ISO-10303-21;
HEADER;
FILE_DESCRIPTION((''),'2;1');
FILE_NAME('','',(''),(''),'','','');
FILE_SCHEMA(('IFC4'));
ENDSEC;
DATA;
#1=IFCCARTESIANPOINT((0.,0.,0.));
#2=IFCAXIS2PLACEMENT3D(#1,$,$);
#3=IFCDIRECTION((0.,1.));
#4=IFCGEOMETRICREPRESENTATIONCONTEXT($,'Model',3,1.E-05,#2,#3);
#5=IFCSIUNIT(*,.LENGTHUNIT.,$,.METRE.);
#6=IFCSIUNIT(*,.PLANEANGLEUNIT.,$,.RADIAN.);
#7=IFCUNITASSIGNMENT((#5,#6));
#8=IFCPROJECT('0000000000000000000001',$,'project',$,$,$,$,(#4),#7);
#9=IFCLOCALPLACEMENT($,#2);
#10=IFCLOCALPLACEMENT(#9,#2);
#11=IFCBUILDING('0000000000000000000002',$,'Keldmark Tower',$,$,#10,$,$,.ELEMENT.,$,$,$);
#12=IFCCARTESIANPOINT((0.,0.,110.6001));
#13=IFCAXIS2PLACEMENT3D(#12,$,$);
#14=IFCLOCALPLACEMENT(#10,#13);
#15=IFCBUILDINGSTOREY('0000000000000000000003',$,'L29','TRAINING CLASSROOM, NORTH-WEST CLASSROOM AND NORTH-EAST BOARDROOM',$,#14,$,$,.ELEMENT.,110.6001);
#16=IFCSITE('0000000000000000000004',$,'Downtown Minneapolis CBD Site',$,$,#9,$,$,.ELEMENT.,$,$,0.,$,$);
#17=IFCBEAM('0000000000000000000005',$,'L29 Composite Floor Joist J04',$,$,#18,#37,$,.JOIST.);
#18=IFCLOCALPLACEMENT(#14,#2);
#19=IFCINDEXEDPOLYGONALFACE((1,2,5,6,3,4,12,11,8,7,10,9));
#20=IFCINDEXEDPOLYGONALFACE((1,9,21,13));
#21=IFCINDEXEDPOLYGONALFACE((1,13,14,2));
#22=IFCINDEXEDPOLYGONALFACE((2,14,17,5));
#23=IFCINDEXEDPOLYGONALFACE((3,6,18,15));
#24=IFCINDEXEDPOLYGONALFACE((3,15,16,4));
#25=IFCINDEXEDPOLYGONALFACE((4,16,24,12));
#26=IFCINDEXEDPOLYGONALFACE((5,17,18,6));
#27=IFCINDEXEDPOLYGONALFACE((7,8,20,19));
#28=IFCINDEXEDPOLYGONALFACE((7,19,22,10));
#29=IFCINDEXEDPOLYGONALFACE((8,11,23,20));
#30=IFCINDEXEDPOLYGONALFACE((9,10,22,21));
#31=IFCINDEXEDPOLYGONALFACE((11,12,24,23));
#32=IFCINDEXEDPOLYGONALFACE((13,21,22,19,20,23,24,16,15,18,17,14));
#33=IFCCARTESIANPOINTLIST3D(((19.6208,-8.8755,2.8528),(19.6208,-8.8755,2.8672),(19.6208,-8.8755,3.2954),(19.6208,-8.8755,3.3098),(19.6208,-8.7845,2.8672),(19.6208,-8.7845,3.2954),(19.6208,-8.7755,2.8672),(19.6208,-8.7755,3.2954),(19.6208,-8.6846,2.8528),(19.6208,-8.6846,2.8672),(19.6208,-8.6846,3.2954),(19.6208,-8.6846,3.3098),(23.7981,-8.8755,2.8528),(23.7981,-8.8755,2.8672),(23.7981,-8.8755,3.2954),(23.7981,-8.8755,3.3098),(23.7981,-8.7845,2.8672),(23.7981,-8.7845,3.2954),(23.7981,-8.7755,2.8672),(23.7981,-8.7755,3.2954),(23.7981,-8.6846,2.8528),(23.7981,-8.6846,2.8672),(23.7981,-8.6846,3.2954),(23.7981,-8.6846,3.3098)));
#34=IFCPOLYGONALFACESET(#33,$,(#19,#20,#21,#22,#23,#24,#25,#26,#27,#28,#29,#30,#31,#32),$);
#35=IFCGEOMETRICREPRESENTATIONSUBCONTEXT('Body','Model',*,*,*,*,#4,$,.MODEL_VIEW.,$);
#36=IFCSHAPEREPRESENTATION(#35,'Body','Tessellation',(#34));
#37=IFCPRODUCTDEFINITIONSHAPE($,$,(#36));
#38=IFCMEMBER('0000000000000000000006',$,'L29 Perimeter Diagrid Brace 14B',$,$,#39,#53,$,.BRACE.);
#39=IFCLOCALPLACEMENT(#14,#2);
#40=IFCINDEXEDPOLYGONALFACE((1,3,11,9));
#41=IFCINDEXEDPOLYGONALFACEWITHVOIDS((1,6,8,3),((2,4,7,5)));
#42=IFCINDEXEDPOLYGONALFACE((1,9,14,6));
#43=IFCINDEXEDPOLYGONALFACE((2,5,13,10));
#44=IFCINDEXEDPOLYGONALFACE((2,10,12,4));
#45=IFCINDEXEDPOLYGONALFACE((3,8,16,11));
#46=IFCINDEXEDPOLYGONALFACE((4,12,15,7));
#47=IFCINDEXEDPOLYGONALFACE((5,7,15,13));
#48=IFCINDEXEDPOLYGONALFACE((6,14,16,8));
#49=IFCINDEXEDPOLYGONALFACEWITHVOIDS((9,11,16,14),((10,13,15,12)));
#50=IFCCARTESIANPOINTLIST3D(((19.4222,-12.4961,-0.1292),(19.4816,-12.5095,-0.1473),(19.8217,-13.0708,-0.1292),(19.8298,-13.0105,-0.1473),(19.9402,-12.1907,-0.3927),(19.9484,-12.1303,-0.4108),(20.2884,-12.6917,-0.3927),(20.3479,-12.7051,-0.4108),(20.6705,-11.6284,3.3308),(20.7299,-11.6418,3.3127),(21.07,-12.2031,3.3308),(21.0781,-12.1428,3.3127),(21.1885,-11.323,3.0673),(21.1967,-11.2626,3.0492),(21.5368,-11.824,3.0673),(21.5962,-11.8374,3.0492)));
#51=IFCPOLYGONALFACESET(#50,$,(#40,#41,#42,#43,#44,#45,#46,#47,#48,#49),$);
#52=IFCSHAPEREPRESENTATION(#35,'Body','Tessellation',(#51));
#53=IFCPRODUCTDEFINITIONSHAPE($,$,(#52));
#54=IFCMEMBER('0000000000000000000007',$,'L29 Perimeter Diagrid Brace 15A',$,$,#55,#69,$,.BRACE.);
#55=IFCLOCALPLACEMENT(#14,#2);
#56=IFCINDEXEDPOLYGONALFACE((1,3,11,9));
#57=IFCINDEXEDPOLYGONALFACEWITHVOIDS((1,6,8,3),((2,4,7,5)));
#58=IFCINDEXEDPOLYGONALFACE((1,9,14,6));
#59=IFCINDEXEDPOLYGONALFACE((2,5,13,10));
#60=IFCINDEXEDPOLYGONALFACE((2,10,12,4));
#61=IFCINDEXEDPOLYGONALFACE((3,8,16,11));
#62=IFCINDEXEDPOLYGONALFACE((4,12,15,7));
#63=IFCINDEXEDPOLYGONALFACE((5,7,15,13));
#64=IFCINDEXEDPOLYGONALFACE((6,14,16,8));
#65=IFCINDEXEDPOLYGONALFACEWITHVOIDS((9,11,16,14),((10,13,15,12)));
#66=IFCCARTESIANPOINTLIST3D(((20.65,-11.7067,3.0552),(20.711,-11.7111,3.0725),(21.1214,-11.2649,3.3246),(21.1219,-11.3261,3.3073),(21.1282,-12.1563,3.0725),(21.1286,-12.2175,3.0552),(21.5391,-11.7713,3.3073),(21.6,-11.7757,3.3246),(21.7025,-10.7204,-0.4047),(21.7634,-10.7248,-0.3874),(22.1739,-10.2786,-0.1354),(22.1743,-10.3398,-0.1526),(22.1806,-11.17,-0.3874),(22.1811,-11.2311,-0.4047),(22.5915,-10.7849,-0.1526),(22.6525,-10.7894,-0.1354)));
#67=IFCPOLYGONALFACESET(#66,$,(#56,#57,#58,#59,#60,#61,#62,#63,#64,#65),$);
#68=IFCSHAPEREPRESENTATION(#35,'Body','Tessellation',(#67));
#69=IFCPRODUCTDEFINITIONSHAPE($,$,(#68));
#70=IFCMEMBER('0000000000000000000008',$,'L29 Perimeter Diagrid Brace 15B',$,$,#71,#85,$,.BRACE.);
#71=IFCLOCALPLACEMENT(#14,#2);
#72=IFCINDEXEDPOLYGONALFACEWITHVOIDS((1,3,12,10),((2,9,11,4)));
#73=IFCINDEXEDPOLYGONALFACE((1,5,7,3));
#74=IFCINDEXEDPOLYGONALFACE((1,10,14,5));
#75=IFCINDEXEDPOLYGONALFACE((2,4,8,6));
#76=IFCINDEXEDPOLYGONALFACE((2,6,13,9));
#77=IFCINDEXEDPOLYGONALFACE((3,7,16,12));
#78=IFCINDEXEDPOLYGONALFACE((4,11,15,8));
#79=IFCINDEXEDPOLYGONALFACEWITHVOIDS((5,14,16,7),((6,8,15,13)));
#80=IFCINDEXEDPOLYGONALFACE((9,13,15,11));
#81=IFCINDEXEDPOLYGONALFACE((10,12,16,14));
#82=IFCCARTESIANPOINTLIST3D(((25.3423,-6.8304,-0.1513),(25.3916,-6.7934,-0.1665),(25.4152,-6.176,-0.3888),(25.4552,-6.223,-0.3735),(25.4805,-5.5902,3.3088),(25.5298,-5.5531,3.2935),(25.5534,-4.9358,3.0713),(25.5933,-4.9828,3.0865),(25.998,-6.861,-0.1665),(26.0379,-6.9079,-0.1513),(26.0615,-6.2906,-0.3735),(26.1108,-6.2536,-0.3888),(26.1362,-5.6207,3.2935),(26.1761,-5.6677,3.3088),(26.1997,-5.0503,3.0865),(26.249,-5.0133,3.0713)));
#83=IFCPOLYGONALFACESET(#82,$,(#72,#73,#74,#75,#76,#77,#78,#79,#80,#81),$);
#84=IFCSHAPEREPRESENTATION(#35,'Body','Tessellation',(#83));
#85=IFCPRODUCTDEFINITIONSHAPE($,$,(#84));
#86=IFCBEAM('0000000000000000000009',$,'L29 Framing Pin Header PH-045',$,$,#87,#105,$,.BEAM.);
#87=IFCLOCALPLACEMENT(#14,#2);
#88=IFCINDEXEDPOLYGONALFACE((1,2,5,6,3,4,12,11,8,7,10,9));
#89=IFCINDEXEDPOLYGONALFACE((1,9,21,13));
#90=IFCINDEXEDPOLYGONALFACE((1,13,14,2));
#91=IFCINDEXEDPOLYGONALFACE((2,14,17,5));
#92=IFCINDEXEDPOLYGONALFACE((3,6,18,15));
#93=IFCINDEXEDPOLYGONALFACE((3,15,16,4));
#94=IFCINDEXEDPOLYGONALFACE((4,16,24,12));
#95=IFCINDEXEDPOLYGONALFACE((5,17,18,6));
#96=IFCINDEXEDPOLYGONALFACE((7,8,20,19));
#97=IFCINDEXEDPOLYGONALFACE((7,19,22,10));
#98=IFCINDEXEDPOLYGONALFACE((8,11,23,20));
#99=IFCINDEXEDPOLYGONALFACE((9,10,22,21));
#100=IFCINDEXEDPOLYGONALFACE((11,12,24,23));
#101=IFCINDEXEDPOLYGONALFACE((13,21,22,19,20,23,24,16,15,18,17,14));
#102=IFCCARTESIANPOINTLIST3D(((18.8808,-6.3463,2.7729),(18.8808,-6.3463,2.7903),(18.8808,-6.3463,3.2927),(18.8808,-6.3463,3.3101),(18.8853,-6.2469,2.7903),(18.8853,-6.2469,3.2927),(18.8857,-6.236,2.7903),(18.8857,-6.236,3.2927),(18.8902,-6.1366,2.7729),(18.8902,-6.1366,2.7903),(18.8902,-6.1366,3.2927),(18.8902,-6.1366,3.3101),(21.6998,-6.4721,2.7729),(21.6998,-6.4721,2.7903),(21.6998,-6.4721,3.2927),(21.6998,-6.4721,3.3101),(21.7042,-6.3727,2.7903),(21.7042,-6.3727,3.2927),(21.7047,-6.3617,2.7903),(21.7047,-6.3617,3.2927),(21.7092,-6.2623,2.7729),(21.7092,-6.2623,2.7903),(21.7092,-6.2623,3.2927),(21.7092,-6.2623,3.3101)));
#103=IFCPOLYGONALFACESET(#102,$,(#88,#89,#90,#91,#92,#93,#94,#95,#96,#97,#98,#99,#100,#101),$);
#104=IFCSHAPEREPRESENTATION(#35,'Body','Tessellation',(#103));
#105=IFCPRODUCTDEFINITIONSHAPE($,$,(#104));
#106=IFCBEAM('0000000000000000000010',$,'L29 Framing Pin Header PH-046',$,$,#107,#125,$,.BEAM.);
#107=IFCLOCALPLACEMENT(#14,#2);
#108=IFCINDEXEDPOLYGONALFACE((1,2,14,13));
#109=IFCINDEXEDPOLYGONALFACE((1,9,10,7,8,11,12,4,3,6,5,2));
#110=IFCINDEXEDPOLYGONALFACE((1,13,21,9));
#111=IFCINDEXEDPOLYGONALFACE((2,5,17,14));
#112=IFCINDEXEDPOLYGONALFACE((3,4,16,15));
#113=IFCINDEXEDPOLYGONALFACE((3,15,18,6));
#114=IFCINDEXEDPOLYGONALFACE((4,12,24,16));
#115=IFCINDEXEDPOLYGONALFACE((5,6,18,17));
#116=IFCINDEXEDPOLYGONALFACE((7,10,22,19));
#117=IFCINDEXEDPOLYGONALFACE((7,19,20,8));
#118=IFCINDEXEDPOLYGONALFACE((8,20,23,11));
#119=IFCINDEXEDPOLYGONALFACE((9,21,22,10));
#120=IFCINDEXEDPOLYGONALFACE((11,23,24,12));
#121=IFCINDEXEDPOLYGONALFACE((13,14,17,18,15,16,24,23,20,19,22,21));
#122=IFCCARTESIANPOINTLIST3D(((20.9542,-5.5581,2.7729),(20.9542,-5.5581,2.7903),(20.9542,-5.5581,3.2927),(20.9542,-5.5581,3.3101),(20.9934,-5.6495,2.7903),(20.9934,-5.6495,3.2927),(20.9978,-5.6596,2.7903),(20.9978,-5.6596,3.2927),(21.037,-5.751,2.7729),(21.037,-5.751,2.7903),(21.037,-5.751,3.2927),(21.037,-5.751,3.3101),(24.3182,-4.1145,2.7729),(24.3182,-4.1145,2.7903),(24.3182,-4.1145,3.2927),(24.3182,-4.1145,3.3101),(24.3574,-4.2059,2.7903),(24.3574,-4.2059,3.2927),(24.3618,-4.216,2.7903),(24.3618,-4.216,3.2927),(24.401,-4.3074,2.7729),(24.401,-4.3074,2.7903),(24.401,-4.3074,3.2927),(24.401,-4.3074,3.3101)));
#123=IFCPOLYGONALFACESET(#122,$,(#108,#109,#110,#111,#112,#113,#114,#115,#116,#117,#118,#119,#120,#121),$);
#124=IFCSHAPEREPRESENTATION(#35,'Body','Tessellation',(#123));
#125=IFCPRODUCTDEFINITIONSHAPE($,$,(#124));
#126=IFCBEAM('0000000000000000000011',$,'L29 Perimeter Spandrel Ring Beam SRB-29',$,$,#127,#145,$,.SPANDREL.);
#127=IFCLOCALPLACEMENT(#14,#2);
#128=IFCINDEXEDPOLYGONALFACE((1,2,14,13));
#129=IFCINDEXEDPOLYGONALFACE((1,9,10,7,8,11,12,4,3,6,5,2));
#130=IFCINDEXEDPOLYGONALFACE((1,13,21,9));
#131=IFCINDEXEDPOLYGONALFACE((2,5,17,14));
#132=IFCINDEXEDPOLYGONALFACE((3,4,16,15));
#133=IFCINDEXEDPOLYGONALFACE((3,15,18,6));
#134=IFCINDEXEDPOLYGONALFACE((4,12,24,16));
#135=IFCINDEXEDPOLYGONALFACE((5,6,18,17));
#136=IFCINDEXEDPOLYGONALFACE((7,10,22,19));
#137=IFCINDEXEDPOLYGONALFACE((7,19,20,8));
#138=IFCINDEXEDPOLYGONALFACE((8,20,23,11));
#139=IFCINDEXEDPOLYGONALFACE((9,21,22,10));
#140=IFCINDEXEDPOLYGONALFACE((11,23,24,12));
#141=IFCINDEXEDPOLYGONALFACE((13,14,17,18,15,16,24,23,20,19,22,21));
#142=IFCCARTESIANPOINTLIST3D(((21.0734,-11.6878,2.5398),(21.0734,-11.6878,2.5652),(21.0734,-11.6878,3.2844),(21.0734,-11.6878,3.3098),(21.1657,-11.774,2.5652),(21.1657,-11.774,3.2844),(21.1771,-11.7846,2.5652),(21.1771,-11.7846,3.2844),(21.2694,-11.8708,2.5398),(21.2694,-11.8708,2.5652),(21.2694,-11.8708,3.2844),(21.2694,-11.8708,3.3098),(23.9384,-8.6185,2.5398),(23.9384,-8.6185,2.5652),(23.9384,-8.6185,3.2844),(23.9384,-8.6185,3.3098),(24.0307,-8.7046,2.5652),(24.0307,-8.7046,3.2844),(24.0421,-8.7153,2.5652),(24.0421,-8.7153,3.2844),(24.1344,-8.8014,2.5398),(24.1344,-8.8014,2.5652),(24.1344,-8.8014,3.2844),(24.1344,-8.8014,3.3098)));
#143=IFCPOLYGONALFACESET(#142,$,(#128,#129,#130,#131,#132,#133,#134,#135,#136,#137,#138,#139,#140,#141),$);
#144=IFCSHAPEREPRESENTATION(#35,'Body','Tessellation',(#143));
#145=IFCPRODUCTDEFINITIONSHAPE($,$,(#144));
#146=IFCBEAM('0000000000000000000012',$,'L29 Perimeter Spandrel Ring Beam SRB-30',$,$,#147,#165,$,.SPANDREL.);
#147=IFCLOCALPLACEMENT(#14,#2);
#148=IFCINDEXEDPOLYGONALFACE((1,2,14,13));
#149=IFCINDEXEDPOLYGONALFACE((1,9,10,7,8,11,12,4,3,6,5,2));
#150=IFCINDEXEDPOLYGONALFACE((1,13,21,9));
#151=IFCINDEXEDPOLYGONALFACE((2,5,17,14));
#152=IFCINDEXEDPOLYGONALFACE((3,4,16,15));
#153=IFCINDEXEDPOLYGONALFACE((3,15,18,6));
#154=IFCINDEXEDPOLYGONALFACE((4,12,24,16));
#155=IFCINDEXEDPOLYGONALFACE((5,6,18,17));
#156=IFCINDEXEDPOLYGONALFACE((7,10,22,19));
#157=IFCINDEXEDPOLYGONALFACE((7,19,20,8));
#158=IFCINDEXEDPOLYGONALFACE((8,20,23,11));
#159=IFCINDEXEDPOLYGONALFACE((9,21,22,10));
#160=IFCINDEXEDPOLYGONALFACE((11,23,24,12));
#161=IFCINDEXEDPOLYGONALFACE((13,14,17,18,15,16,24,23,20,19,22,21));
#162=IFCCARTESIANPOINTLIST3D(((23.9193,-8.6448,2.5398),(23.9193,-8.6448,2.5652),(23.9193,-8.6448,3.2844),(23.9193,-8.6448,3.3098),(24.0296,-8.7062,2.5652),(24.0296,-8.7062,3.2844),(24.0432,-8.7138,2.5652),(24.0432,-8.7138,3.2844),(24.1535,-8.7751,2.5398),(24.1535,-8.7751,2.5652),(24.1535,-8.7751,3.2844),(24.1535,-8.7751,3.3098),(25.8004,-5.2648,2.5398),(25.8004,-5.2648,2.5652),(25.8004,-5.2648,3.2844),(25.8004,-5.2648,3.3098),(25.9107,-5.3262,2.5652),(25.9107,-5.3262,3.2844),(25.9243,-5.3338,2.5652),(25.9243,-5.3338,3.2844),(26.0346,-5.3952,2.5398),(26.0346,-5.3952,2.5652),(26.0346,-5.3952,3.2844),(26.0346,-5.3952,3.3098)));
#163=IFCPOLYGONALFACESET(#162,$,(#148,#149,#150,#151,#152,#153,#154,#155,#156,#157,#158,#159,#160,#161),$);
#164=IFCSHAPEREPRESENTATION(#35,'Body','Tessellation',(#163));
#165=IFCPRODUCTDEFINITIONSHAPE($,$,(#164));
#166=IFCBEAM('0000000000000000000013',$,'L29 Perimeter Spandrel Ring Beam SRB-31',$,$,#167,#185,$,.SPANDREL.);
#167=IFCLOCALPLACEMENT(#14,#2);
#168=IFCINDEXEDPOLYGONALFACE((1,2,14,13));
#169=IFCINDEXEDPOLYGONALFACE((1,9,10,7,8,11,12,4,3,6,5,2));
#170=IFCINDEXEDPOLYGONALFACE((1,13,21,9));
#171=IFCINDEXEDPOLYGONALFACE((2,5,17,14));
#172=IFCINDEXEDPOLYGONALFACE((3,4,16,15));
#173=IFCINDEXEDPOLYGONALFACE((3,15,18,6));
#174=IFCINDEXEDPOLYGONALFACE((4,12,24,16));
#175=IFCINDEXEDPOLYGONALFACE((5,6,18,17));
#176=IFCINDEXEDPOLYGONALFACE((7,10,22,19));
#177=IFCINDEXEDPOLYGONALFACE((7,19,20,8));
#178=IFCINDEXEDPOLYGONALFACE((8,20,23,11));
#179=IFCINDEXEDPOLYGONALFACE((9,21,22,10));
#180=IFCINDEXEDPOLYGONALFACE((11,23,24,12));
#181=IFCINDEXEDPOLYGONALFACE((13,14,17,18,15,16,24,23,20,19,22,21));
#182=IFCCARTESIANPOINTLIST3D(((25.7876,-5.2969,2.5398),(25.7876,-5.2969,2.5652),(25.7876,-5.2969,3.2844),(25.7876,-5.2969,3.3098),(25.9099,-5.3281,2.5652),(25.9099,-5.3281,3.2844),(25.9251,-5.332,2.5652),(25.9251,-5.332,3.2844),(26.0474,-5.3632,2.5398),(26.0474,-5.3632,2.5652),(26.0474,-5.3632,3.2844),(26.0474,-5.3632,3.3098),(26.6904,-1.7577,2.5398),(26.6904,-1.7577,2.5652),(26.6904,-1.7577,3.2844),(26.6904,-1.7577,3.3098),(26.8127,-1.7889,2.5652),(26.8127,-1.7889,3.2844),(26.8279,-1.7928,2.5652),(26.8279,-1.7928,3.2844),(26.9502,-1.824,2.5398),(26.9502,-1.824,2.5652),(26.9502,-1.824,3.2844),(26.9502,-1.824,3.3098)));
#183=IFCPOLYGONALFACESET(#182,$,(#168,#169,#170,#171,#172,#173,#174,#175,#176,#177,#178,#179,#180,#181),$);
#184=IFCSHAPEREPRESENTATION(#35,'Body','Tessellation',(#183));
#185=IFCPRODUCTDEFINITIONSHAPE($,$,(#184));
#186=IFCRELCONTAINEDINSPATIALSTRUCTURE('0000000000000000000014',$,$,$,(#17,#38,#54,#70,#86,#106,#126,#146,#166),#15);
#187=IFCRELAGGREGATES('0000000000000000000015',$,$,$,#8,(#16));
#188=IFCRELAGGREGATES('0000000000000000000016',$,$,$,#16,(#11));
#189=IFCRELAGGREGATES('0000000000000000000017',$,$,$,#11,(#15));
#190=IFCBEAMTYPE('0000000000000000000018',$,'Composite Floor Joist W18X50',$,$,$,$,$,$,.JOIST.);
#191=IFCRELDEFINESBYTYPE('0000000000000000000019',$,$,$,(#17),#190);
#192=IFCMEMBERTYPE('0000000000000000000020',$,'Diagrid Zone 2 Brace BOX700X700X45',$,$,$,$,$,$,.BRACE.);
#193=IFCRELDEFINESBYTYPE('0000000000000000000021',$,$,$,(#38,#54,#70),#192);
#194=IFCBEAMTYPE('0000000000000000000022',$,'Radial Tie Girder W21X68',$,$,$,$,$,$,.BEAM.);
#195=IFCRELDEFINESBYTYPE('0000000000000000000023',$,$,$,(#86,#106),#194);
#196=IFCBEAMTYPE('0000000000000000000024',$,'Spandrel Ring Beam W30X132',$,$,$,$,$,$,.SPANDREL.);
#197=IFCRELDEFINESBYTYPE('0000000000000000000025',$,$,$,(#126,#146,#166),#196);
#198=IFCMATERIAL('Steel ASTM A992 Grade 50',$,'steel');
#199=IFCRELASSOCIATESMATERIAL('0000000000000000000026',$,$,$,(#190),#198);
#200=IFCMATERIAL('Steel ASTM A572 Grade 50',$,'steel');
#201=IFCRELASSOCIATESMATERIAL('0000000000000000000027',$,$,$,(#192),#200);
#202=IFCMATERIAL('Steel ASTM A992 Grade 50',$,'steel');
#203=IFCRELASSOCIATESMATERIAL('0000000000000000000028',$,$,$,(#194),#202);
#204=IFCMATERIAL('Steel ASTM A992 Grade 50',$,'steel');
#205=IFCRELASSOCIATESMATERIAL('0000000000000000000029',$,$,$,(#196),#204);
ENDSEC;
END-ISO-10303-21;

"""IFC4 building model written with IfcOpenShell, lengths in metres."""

from ifc_helpers import new_model, si_unit, direction, frame, origin, origin_2d, place, context, subcontext, project, spatial, hollow_rectangle, i_section, extrude, material, material_profile, profile_set, type_object, element, save


model = new_model("IFC4")

# Units and contexts
model_context = context("Model", 3, precision=1e-05, world=origin(), true_north=direction((0.0, 1.0)))
body_context = subcontext(model_context, "Body", "Model", "MODEL_VIEW")
ifc_project = project(units=[si_unit("LENGTHUNIT", "METRE"), si_unit("PLANEANGLEUNIT", "RADIAN")], contexts=[model_context])

# Site, building, storey
site_placement = place(None, origin())
site = spatial("IfcSite", under=ifc_project, at=site_placement, Name="Downtown Minneapolis CBD Site", CompositionType="ELEMENT", RefElevation=0.0)
building_placement = place(site_placement, origin())
building = spatial("IfcBuilding", under=site, at=building_placement, Name="Keldmark Tower", CompositionType="ELEMENT")
storey_placement = place(building_placement, frame((0.0, 0.0, 110.6001)))
storey = spatial("IfcBuildingStorey", under=building, at=storey_placement, Name="L29", Description="TRAINING CLASSROOM, NORTH-WEST CLASSROOM AND NORTH-EAST BOARDROOM", CompositionType="ELEMENT", Elevation=110.6001)

# Beam
ifc_material_1 = material(Name="Steel ASTM A992 Grade 50", Category="steel")
ifc_material_profile_1 = material_profile(ifc_material_1, i_section(OverallWidth=0.1909, OverallDepth=0.457, WebThickness=0.009, FlangeThickness=0.0144, at=origin_2d()), Name="W18X50")
ifc_profile_set_1 = profile_set([ifc_material_profile_1], Name="Steel ASTM A992 Grade 50")
beam_type_1 = type_object("IfcBeamType", Name="Composite Floor Joist W18X50", PredefinedType="JOIST", material=ifc_profile_set_1)
beam_1_placement = place(storey_placement, frame((19.6208, -8.78, 3.0813), z_axis=(1.0, 0.0, 0.0), x_axis=(0.0, 1.0, 0.0)))
element("IfcBeam", 1, at=beam_1_placement, inside=storey, type_object=beam_type_1, Name="L29 Composite Floor Joist J04", PredefinedType="JOIST", context=body_context, shape_type="SweptSolid", body=[
    extrude(i_section(OverallWidth=0.1909, OverallDepth=0.457, WebThickness=0.009, FlangeThickness=0.0144, at=origin_2d()), origin(), (0.0, 0.0, 1.0), 4.1772),
])

# Members
ifc_material_2 = material(Name="Steel ASTM A572 Grade 50", Category="steel")
ifc_material_profile_2 = material_profile(ifc_material_2, hollow_rectangle(XDim=0.7, YDim=0.7, WallThickness=0.0449, at=origin_2d()), Name="BOX700X700X45")
ifc_profile_set_2 = profile_set([ifc_material_profile_2], Name="Steel ASTM A572 Grade 50")
member_type = type_object("IfcMemberType", Name="Diagrid Zone 2 Brace BOX700X700X45", PredefinedType="BRACE", material=ifc_profile_set_2)
member_1_placement = place(storey_placement, frame((19.885, -12.6006, -0.27), z_axis=(0.330305, 0.229592, 0.915525), x_axis=(-0.570754, 0.821121, 0.0)))
element("IfcMember", 2, at=member_1_placement, inside=storey, type_object=member_type, Name="L29 Perimeter Diagrid Brace 14B", PredefinedType="BRACE", context=body_context, shape_type="SweptSolid", body=[
    extrude(hollow_rectangle(XDim=0.7, YDim=0.7, WallThickness=0.0449, at=origin_2d()), origin(), (0.0, 0.0, 1.0), 3.7793),
])
member_2_placement = place(storey_placement, frame((22.1775, -10.7549, -0.27), z_axis=(-0.28077, -0.26312, 0.923004), x_axis=(0.6838, -0.729669, 0.0)))
element("IfcMember", 3, at=member_2_placement, inside=storey, type_object=member_type, Name="L29 Perimeter Diagrid Brace 15A", PredefinedType="BRACE", context=body_context, shape_type="SweptSolid", body=[
    extrude(hollow_rectangle(XDim=0.7, YDim=0.7, WallThickness=0.0449, at=origin_2d()), origin(), (0.0, 0.0, 1.0), 3.7485),
])
member_3_placement = place(storey_placement, frame((25.7266, -6.542, -0.27), z_axis=(0.037569, 0.337192, 0.940686), x_axis=(-0.99385, 0.110732, 0.0)))
element("IfcMember", 4, at=member_3_placement, inside=storey, type_object=member_type, Name="L29 Perimeter Diagrid Brace 15B", PredefinedType="BRACE", context=body_context, shape_type="SweptSolid", body=[
    extrude(hollow_rectangle(XDim=0.7, YDim=0.7, WallThickness=0.0449, at=origin_2d()), origin(), (0.0, 0.0, 1.0), 3.6782),
])

# Beams
ifc_material_3 = material(Name="Steel ASTM A992 Grade 50", Category="steel")
ifc_material_profile_3 = material_profile(ifc_material_3, i_section(OverallWidth=0.21, OverallDepth=0.5371, WebThickness=0.011, FlangeThickness=0.0173, at=origin_2d()), Name="W21X68")
ifc_profile_set_3 = profile_set([ifc_material_profile_3], Name="Steel ASTM A992 Grade 50")
beam_type_2 = type_object("IfcBeamType", Name="Radial Tie Girder W21X68", PredefinedType="BEAM", material=ifc_profile_set_3)
beam_2_placement = place(storey_placement, frame((18.8855, -6.2415, 3.0415), z_axis=(0.999007, -0.044556, 0.0), x_axis=(0.044556, 0.999007, 0.0)))
element("IfcBeam", 5, at=beam_2_placement, inside=storey, type_object=beam_type_2, Name="L29 Framing Pin Header PH-045", PredefinedType="BEAM", context=body_context, shape_type="SweptSolid", body=[
    extrude(i_section(OverallWidth=0.21, OverallDepth=0.5371, WebThickness=0.011, FlangeThickness=0.0173, at=origin_2d()), origin(), (0.0, 0.0, 1.0), 2.8218),
])
beam_3_placement = place(storey_placement, frame((20.9956, -5.6545, 3.0415), z_axis=(0.918959, 0.394354, 0.0), x_axis=(-0.394354, 0.918959, 0.0)))
element("IfcBeam", 6, at=beam_3_placement, inside=storey, type_object=beam_type_2, Name="L29 Framing Pin Header PH-046", PredefinedType="BEAM", context=body_context, shape_type="SweptSolid", body=[
    extrude(i_section(OverallWidth=0.21, OverallDepth=0.5371, WebThickness=0.011, FlangeThickness=0.0173, at=origin_2d()), origin(), (0.0, 0.0, 1.0), 3.6606),
])
ifc_material_4 = material(Name="Steel ASTM A992 Grade 50", Category="steel")
ifc_material_profile_4 = material_profile(ifc_material_4, i_section(OverallWidth=0.2681, OverallDepth=0.77, WebThickness=0.0156, FlangeThickness=0.0254, at=origin_2d()), Name="W30X132")
ifc_profile_set_4 = profile_set([ifc_material_profile_4], Name="Steel ASTM A992 Grade 50")
beam_type_3 = type_object("IfcBeamType", Name="Spandrel Ring Beam W30X132", PredefinedType="SPANDREL", material=ifc_profile_set_4)
beam_4_placement = place(storey_placement, frame((21.1714, -11.7793, 2.9248), z_axis=(0.682353, 0.731022, 0.0), x_axis=(-0.731022, 0.682353, 0.0)))
element("IfcBeam", 7, at=beam_4_placement, inside=storey, type_object=beam_type_3, Name="L29 Perimeter Spandrel Ring Beam SRB-29", PredefinedType="SPANDREL", context=body_context, shape_type="SweptSolid", body=[
    extrude(i_section(OverallWidth=0.2681, OverallDepth=0.77, WebThickness=0.0156, FlangeThickness=0.0254, at=origin_2d()), origin(), (0.0, 0.0, 1.0), 4.1987),
])
beam_5_placement = place(storey_placement, frame((24.0364, -8.71, 2.9248), z_axis=(0.486313, 0.873785, 0.0), x_axis=(-0.873785, 0.486313, 0.0)))
element("IfcBeam", 8, at=beam_5_placement, inside=storey, type_object=beam_type_3, Name="L29 Perimeter Spandrel Ring Beam SRB-30", PredefinedType="SPANDREL", context=body_context, shape_type="SweptSolid", body=[
    extrude(i_section(OverallWidth=0.2681, OverallDepth=0.77, WebThickness=0.0156, FlangeThickness=0.0254, at=origin_2d()), origin(), (0.0, 0.0, 1.0), 3.8682),
])
beam_6_placement = place(storey_placement, frame((25.9175, -5.3301, 2.9248), z_axis=(0.247172, 0.968972, 0.0), x_axis=(-0.968972, 0.247172, 0.0)))
element("IfcBeam", 9, at=beam_6_placement, inside=storey, type_object=beam_type_3, Name="L29 Perimeter Spandrel Ring Beam SRB-31", PredefinedType="SPANDREL", context=body_context, shape_type="SweptSolid", body=[
    extrude(i_section(OverallWidth=0.2681, OverallDepth=0.77, WebThickness=0.0156, FlangeThickness=0.0254, at=origin_2d()), origin(), (0.0, 0.0, 1.0), 3.6526),
])

save(model, "model.ifc")
